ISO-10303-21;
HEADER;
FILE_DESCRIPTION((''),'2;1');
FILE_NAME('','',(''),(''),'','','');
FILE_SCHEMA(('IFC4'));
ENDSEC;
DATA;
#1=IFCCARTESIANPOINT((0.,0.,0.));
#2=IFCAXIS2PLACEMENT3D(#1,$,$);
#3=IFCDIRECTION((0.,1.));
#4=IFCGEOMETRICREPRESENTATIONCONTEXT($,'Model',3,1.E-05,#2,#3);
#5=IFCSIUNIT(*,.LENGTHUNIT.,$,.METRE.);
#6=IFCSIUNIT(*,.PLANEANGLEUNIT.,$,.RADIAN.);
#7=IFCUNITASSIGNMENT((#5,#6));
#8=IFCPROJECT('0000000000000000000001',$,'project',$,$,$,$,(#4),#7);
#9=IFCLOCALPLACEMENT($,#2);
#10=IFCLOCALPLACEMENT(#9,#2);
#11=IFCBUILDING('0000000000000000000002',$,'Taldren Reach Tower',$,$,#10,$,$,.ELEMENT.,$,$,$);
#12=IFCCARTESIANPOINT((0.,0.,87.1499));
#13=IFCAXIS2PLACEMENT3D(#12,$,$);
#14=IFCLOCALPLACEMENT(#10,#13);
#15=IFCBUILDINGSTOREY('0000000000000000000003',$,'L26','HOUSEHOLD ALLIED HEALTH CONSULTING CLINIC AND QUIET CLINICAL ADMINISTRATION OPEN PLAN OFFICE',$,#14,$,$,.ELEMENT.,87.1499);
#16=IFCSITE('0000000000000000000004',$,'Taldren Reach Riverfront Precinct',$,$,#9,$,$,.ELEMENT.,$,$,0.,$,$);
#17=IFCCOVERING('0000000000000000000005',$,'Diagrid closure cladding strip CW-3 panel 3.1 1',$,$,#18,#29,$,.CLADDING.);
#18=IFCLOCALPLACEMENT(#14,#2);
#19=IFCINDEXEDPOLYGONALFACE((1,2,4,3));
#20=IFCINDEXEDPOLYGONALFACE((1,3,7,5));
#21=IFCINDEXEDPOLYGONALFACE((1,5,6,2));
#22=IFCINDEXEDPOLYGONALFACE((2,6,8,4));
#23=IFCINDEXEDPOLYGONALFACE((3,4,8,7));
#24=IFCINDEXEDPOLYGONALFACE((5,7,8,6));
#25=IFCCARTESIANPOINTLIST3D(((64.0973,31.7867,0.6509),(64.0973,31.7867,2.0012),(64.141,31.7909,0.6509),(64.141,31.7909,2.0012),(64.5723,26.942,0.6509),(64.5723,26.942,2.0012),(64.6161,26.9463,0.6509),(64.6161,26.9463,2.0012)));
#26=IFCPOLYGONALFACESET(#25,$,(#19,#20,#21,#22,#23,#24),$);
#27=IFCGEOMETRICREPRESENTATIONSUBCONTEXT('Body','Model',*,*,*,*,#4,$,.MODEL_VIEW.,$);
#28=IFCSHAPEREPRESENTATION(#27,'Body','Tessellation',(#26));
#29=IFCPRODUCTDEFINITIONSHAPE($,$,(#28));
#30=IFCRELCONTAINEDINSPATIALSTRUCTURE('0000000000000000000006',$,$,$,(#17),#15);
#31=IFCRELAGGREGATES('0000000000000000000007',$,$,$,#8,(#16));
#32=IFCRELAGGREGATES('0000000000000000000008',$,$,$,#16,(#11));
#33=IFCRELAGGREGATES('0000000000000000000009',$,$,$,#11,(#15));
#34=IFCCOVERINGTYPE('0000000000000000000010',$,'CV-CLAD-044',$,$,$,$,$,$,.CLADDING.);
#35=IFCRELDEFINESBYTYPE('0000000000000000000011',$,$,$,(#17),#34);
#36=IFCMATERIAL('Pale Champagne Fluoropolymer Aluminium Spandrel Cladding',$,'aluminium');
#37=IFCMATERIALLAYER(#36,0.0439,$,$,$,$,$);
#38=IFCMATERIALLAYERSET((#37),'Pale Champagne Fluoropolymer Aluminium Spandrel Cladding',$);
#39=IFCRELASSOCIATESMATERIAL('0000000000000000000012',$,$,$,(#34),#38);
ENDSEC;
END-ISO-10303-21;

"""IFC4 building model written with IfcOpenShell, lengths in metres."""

from ifc_helpers import new_model, si_unit, direction, frame, origin, origin_2d, place, context, subcontext, project, spatial, rectangle, extrude, source, transform, mapped, material, layer, layer_set, type_object, element, save


model = new_model("IFC4")

# Units and contexts
model_context = context("Model", 3, precision=1e-05, world=origin(), true_north=direction((0.0, 1.0)))
body_context = subcontext(model_context, "Body", "Model", "MODEL_VIEW")
ifc_project = project(units=[si_unit("LENGTHUNIT", "METRE"), si_unit("PLANEANGLEUNIT", "RADIAN")], contexts=[model_context])

# Site, building, storey
site_placement = place(None, origin())
site = spatial("IfcSite", under=ifc_project, at=site_placement, Name="Taldren Reach Riverfront Precinct", CompositionType="ELEMENT", RefElevation=0.0)
building_placement = place(site_placement, origin())
building = spatial("IfcBuilding", under=site, at=building_placement, Name="Taldren Reach Tower", CompositionType="ELEMENT")
storey_placement = place(building_placement, frame((0.0, 0.0, 87.1499)))
storey = spatial("IfcBuildingStorey", under=building, at=storey_placement, Name="L26", Description="HOUSEHOLD ALLIED HEALTH CONSULTING CLINIC AND QUIET CLINICAL ADMINISTRATION OPEN PLAN OFFICE", CompositionType="ELEMENT", Elevation=87.1499)

# Covering
ifc_material_1 = material(Name="Pale Champagne Fluoropolymer Aluminium Spandrel Cladding", Category="aluminium")
ifc_layer_1 = layer(ifc_material_1, 0.0439)
ifc_layer_set_1 = layer_set([ifc_layer_1], Name="Pale Champagne Fluoropolymer Aluminium Spandrel Cladding")
covering_type = type_object("IfcCoveringType", Name="CV-CLAD-044", PredefinedType="CLADDING", material=ifc_layer_set_1)
shared_shape_1 = source(origin(), body_context, "Body", "SweptSolid", [
    extrude(rectangle(XDim=4.8679, YDim=0.0439, at=origin_2d()), origin(), (0.0, 0.0, 1.0), 1.3503),
])
covering_1_placement = place(storey_placement, frame((64.3567, 29.3665, 0.6509), z_axis=(0.0, 0.0, 1.0), x_axis=(-0.097583, 0.995227, 0.0)))
element("IfcCovering", 1, at=covering_1_placement, inside=storey, type_object=covering_type, Name="Diagrid closure cladding strip CW-3 panel 3.1 1", PredefinedType="CLADDING", context=body_context, shape_type="MappedRepresentation", body=[
    mapped(shared_shape_1, transform((0.0, 0.0, 0.0), scale=1.0)),
])

save(model, "model.ifc")
